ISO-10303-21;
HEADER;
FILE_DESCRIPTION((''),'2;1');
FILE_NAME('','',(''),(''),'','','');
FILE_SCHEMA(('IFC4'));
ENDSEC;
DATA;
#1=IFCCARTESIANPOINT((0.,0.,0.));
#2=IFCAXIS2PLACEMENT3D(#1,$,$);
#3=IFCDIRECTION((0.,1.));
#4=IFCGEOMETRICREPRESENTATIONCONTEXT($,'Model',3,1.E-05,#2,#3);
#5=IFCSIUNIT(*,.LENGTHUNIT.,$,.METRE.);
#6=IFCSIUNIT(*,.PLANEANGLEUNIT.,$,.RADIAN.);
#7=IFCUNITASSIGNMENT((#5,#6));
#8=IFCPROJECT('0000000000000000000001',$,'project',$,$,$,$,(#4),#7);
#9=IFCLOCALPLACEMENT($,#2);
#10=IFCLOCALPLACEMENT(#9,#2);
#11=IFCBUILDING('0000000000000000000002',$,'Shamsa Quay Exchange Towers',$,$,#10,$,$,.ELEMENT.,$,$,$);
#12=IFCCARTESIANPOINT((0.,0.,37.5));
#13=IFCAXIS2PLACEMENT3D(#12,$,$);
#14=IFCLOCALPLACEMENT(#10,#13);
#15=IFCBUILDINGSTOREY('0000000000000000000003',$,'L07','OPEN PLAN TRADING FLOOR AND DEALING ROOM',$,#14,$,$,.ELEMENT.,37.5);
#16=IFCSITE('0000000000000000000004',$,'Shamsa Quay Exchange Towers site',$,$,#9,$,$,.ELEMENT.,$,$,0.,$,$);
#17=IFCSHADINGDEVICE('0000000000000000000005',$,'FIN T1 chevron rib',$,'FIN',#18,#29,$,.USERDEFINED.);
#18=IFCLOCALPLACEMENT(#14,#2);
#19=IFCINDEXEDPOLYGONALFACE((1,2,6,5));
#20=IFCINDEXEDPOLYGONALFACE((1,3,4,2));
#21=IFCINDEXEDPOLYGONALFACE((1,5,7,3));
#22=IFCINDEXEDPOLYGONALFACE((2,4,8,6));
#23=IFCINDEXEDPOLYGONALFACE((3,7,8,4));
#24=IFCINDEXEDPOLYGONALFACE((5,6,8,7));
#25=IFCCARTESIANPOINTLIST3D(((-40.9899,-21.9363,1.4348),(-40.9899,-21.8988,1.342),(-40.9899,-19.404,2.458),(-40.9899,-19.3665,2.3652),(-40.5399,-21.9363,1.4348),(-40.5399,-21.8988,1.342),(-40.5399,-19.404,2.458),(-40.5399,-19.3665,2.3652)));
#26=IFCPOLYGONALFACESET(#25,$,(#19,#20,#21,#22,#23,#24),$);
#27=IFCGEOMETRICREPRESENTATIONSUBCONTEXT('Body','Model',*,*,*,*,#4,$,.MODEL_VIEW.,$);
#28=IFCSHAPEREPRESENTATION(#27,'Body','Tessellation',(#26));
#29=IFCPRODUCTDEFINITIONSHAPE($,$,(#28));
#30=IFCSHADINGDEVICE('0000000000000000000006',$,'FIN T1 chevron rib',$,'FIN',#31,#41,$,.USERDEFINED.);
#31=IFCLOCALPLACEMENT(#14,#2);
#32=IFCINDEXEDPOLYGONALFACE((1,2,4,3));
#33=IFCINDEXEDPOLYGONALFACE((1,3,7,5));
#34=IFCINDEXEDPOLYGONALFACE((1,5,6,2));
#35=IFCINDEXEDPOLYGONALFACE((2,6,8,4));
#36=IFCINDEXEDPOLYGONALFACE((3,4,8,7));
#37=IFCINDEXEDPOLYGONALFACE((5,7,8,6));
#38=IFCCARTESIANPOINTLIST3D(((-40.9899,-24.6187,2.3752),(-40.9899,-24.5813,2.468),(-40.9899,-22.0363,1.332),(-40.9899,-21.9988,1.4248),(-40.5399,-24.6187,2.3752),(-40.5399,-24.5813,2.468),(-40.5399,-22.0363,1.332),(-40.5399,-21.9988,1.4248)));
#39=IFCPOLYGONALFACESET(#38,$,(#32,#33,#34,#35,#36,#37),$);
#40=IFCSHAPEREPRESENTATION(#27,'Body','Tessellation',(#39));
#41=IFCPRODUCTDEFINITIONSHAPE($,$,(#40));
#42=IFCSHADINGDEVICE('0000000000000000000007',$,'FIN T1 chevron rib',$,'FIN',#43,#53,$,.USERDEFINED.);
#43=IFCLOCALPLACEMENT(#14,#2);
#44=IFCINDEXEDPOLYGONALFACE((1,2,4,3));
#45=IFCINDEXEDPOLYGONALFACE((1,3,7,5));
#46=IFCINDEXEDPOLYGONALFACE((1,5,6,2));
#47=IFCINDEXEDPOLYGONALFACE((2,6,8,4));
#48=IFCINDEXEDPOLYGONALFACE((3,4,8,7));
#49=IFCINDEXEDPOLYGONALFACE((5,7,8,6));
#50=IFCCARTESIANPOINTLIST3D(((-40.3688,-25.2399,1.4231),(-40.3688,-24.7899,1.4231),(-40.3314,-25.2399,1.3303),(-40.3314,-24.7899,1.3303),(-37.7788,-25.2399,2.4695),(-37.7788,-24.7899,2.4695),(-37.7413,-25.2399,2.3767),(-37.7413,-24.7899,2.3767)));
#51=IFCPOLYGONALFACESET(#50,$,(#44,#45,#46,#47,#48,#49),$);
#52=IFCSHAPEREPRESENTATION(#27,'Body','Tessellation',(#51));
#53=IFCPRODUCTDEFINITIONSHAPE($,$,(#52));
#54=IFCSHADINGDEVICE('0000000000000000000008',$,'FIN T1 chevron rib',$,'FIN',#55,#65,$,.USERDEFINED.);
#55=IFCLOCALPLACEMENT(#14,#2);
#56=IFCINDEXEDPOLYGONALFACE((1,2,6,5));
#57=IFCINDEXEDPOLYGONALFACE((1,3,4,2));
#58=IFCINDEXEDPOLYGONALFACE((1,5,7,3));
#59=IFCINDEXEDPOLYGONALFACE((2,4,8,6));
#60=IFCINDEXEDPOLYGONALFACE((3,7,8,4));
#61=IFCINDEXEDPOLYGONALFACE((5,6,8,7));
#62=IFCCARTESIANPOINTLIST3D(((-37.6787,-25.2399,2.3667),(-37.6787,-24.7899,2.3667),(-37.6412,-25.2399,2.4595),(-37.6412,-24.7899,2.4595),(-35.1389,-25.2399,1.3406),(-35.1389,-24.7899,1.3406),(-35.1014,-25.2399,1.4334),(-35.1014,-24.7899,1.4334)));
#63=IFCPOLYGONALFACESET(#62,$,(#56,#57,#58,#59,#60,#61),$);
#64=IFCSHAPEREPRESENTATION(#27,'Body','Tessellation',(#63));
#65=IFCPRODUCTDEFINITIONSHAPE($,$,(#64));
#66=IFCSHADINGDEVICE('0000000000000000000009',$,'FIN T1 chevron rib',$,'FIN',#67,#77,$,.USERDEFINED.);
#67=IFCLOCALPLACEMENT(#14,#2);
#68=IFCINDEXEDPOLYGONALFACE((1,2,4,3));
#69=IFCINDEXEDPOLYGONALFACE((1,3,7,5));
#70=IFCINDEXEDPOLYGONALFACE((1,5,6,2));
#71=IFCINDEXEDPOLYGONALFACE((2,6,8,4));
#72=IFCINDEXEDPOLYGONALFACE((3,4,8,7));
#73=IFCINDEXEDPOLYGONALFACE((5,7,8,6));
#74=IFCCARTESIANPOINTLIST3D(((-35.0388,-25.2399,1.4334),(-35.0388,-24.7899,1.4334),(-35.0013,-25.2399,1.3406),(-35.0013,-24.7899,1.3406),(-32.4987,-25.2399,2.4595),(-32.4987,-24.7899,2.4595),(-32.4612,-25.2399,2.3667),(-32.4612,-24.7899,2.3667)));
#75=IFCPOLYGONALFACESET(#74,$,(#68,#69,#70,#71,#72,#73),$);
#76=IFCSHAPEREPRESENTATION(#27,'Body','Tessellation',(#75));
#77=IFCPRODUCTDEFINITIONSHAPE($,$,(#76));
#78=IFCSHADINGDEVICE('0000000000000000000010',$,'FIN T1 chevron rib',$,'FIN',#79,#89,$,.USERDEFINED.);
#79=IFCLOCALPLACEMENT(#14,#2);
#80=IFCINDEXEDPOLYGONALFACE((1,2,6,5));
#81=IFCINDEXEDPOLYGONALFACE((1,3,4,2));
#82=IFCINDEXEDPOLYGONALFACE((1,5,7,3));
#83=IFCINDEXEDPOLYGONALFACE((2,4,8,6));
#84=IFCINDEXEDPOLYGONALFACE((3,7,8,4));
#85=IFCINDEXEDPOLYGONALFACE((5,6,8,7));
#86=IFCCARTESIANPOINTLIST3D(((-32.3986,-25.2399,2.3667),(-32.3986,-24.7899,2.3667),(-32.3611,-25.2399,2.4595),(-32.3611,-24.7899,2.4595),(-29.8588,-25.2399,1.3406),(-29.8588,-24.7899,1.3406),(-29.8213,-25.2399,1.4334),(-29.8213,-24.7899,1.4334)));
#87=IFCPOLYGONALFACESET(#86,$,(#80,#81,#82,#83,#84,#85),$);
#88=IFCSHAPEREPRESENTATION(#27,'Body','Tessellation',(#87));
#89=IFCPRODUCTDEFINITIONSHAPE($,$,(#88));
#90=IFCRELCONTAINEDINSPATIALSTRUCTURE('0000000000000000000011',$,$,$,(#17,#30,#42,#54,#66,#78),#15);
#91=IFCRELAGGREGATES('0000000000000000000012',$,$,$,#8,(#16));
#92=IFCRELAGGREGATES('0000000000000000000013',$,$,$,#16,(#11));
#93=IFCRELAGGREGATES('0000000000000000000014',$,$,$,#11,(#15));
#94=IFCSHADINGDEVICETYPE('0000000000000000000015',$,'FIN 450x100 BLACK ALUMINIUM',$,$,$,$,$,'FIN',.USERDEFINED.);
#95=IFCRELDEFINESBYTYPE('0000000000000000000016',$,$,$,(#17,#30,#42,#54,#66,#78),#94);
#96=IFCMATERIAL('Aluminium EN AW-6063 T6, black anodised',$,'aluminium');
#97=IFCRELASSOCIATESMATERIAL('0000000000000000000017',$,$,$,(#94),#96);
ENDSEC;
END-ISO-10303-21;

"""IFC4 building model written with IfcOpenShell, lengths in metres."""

from ifc_helpers import new_model, si_unit, direction, frame, origin, origin_2d, place, context, subcontext, project, spatial, rectangle, extrude, material, material_profile, profile_set, type_object, element, save


model = new_model("IFC4")

# Units and contexts
model_context = context("Model", 3, precision=1e-05, world=origin(), true_north=direction((0.0, 1.0)))
body_context = subcontext(model_context, "Body", "Model", "MODEL_VIEW")
ifc_project = project(units=[si_unit("LENGTHUNIT", "METRE"), si_unit("PLANEANGLEUNIT", "RADIAN")], contexts=[model_context])

# Site, building, storey
site_placement = place(None, origin())
site = spatial("IfcSite", under=ifc_project, at=site_placement, Name="Shamsa Quay Exchange Towers site", CompositionType="ELEMENT", RefElevation=0.0)
building_placement = place(site_placement, origin())
building = spatial("IfcBuilding", under=site, at=building_placement, Name="Shamsa Quay Exchange Towers", CompositionType="ELEMENT")
storey_placement = place(building_placement, frame((0.0, 0.0, 37.5)))
storey = spatial("IfcBuildingStorey", under=building, at=storey_placement, Name="L07", Description="OPEN PLAN TRADING FLOOR AND DEALING ROOM", CompositionType="ELEMENT", Elevation=37.5)

# Shared definitions
ifc_material_1 = material(Name="Aluminium EN AW-6063 T6, black anodised", Category="aluminium")

# Shading devices
ifc_material_profile_1 = material_profile(ifc_material_1, rectangle(XDim=0.45, YDim=0.1001, at=origin_2d()), Name="FIN450x100")
ifc_profile_set_1 = profile_set([ifc_material_profile_1], Name="Aluminium EN AW-6063 T6, black anodised")
shading_device_type = type_object("IfcShadingDeviceType", Name="FIN 450x100 BLACK ALUMINIUM", ElementType="FIN", PredefinedType="USERDEFINED", material=ifc_profile_set_1)
shading_device_1_placement = place(storey_placement, frame((-40.7649, -19.3853, 2.4116), z_axis=(0.0, -0.92717, -0.37464), x_axis=(1.0, 0.0, 0.0)))
element("IfcShadingDevice", 1, at=shading_device_1_placement, inside=storey, type_object=shading_device_type, Name="FIN T1 chevron rib", ObjectType="FIN", PredefinedType="USERDEFINED", context=body_context, shape_type="SweptSolid", body=[
    extrude(rectangle(XDim=0.45, YDim=0.1001, at=origin_2d()), origin(), (0.0, 0.0, 1.0), 2.7312),
])
shading_device_2_placement = place(storey_placement, frame((-40.7649, -22.0176, 1.3784), z_axis=(0.0, -0.927208, 0.374547), x_axis=(1.0, 0.0, 0.0)))
element("IfcShadingDevice", 2, at=shading_device_2_placement, inside=storey, type_object=shading_device_type, Name="FIN T1 chevron rib", ObjectType="FIN", PredefinedType="USERDEFINED", context=body_context, shape_type="SweptSolid", body=[
    extrude(rectangle(XDim=0.45, YDim=0.1001, at=origin_2d()), origin(), (0.0, 0.0, 1.0), 2.7852),
])
shading_device_3_placement = place(storey_placement, frame((-40.3501, -25.0149, 1.3767), z_axis=(0.927193, 0.0, 0.374583), x_axis=(0.0, 1.0, 0.0)))
element("IfcShadingDevice", 3, at=shading_device_3_placement, inside=storey, type_object=shading_device_type, Name="FIN T1 chevron rib", ObjectType="FIN", PredefinedType="USERDEFINED", context=body_context, shape_type="SweptSolid", body=[
    extrude(rectangle(XDim=0.45, YDim=0.1001, at=origin_2d()), origin(), (0.0, 0.0, 1.0), 2.7935),
])
shading_device_4_placement = place(storey_placement, frame((-37.6599, -25.0149, 2.4131), z_axis=(0.927186, 0.0, -0.3746), x_axis=(0.0, 1.0, 0.0)))
element("IfcShadingDevice", 4, at=shading_device_4_placement, inside=storey, type_object=shading_device_type, Name="FIN T1 chevron rib", ObjectType="FIN", PredefinedType="USERDEFINED", context=body_context, shape_type="SweptSolid", body=[
    extrude(rectangle(XDim=0.45, YDim=0.1001, at=origin_2d()), origin(), (0.0, 0.0, 1.0), 2.7393),
])
shading_device_5_placement = place(storey_placement, frame((-35.02, -25.0149, 1.387), z_axis=(0.927199, 0.0, 0.374569), x_axis=(0.0, 1.0, 0.0)))
element("IfcShadingDevice", 5, at=shading_device_5_placement, inside=storey, type_object=shading_device_type, Name="FIN T1 chevron rib", ObjectType="FIN", PredefinedType="USERDEFINED", context=body_context, shape_type="SweptSolid", body=[
    extrude(rectangle(XDim=0.45, YDim=0.1001, at=origin_2d()), origin(), (0.0, 0.0, 1.0), 2.7395),
])
shading_device_6_placement = place(storey_placement, frame((-32.3799, -25.0149, 2.4131), z_axis=(0.927186, 0.0, -0.3746), x_axis=(0.0, 1.0, 0.0)))
element("IfcShadingDevice", 6, at=shading_device_6_placement, inside=storey, type_object=shading_device_type, Name="FIN T1 chevron rib", ObjectType="FIN", PredefinedType="USERDEFINED", context=body_context, shape_type="SweptSolid", body=[
    extrude(rectangle(XDim=0.45, YDim=0.1001, at=origin_2d()), origin(), (0.0, 0.0, 1.0), 2.7393),
])

save(model, "model.ifc")
